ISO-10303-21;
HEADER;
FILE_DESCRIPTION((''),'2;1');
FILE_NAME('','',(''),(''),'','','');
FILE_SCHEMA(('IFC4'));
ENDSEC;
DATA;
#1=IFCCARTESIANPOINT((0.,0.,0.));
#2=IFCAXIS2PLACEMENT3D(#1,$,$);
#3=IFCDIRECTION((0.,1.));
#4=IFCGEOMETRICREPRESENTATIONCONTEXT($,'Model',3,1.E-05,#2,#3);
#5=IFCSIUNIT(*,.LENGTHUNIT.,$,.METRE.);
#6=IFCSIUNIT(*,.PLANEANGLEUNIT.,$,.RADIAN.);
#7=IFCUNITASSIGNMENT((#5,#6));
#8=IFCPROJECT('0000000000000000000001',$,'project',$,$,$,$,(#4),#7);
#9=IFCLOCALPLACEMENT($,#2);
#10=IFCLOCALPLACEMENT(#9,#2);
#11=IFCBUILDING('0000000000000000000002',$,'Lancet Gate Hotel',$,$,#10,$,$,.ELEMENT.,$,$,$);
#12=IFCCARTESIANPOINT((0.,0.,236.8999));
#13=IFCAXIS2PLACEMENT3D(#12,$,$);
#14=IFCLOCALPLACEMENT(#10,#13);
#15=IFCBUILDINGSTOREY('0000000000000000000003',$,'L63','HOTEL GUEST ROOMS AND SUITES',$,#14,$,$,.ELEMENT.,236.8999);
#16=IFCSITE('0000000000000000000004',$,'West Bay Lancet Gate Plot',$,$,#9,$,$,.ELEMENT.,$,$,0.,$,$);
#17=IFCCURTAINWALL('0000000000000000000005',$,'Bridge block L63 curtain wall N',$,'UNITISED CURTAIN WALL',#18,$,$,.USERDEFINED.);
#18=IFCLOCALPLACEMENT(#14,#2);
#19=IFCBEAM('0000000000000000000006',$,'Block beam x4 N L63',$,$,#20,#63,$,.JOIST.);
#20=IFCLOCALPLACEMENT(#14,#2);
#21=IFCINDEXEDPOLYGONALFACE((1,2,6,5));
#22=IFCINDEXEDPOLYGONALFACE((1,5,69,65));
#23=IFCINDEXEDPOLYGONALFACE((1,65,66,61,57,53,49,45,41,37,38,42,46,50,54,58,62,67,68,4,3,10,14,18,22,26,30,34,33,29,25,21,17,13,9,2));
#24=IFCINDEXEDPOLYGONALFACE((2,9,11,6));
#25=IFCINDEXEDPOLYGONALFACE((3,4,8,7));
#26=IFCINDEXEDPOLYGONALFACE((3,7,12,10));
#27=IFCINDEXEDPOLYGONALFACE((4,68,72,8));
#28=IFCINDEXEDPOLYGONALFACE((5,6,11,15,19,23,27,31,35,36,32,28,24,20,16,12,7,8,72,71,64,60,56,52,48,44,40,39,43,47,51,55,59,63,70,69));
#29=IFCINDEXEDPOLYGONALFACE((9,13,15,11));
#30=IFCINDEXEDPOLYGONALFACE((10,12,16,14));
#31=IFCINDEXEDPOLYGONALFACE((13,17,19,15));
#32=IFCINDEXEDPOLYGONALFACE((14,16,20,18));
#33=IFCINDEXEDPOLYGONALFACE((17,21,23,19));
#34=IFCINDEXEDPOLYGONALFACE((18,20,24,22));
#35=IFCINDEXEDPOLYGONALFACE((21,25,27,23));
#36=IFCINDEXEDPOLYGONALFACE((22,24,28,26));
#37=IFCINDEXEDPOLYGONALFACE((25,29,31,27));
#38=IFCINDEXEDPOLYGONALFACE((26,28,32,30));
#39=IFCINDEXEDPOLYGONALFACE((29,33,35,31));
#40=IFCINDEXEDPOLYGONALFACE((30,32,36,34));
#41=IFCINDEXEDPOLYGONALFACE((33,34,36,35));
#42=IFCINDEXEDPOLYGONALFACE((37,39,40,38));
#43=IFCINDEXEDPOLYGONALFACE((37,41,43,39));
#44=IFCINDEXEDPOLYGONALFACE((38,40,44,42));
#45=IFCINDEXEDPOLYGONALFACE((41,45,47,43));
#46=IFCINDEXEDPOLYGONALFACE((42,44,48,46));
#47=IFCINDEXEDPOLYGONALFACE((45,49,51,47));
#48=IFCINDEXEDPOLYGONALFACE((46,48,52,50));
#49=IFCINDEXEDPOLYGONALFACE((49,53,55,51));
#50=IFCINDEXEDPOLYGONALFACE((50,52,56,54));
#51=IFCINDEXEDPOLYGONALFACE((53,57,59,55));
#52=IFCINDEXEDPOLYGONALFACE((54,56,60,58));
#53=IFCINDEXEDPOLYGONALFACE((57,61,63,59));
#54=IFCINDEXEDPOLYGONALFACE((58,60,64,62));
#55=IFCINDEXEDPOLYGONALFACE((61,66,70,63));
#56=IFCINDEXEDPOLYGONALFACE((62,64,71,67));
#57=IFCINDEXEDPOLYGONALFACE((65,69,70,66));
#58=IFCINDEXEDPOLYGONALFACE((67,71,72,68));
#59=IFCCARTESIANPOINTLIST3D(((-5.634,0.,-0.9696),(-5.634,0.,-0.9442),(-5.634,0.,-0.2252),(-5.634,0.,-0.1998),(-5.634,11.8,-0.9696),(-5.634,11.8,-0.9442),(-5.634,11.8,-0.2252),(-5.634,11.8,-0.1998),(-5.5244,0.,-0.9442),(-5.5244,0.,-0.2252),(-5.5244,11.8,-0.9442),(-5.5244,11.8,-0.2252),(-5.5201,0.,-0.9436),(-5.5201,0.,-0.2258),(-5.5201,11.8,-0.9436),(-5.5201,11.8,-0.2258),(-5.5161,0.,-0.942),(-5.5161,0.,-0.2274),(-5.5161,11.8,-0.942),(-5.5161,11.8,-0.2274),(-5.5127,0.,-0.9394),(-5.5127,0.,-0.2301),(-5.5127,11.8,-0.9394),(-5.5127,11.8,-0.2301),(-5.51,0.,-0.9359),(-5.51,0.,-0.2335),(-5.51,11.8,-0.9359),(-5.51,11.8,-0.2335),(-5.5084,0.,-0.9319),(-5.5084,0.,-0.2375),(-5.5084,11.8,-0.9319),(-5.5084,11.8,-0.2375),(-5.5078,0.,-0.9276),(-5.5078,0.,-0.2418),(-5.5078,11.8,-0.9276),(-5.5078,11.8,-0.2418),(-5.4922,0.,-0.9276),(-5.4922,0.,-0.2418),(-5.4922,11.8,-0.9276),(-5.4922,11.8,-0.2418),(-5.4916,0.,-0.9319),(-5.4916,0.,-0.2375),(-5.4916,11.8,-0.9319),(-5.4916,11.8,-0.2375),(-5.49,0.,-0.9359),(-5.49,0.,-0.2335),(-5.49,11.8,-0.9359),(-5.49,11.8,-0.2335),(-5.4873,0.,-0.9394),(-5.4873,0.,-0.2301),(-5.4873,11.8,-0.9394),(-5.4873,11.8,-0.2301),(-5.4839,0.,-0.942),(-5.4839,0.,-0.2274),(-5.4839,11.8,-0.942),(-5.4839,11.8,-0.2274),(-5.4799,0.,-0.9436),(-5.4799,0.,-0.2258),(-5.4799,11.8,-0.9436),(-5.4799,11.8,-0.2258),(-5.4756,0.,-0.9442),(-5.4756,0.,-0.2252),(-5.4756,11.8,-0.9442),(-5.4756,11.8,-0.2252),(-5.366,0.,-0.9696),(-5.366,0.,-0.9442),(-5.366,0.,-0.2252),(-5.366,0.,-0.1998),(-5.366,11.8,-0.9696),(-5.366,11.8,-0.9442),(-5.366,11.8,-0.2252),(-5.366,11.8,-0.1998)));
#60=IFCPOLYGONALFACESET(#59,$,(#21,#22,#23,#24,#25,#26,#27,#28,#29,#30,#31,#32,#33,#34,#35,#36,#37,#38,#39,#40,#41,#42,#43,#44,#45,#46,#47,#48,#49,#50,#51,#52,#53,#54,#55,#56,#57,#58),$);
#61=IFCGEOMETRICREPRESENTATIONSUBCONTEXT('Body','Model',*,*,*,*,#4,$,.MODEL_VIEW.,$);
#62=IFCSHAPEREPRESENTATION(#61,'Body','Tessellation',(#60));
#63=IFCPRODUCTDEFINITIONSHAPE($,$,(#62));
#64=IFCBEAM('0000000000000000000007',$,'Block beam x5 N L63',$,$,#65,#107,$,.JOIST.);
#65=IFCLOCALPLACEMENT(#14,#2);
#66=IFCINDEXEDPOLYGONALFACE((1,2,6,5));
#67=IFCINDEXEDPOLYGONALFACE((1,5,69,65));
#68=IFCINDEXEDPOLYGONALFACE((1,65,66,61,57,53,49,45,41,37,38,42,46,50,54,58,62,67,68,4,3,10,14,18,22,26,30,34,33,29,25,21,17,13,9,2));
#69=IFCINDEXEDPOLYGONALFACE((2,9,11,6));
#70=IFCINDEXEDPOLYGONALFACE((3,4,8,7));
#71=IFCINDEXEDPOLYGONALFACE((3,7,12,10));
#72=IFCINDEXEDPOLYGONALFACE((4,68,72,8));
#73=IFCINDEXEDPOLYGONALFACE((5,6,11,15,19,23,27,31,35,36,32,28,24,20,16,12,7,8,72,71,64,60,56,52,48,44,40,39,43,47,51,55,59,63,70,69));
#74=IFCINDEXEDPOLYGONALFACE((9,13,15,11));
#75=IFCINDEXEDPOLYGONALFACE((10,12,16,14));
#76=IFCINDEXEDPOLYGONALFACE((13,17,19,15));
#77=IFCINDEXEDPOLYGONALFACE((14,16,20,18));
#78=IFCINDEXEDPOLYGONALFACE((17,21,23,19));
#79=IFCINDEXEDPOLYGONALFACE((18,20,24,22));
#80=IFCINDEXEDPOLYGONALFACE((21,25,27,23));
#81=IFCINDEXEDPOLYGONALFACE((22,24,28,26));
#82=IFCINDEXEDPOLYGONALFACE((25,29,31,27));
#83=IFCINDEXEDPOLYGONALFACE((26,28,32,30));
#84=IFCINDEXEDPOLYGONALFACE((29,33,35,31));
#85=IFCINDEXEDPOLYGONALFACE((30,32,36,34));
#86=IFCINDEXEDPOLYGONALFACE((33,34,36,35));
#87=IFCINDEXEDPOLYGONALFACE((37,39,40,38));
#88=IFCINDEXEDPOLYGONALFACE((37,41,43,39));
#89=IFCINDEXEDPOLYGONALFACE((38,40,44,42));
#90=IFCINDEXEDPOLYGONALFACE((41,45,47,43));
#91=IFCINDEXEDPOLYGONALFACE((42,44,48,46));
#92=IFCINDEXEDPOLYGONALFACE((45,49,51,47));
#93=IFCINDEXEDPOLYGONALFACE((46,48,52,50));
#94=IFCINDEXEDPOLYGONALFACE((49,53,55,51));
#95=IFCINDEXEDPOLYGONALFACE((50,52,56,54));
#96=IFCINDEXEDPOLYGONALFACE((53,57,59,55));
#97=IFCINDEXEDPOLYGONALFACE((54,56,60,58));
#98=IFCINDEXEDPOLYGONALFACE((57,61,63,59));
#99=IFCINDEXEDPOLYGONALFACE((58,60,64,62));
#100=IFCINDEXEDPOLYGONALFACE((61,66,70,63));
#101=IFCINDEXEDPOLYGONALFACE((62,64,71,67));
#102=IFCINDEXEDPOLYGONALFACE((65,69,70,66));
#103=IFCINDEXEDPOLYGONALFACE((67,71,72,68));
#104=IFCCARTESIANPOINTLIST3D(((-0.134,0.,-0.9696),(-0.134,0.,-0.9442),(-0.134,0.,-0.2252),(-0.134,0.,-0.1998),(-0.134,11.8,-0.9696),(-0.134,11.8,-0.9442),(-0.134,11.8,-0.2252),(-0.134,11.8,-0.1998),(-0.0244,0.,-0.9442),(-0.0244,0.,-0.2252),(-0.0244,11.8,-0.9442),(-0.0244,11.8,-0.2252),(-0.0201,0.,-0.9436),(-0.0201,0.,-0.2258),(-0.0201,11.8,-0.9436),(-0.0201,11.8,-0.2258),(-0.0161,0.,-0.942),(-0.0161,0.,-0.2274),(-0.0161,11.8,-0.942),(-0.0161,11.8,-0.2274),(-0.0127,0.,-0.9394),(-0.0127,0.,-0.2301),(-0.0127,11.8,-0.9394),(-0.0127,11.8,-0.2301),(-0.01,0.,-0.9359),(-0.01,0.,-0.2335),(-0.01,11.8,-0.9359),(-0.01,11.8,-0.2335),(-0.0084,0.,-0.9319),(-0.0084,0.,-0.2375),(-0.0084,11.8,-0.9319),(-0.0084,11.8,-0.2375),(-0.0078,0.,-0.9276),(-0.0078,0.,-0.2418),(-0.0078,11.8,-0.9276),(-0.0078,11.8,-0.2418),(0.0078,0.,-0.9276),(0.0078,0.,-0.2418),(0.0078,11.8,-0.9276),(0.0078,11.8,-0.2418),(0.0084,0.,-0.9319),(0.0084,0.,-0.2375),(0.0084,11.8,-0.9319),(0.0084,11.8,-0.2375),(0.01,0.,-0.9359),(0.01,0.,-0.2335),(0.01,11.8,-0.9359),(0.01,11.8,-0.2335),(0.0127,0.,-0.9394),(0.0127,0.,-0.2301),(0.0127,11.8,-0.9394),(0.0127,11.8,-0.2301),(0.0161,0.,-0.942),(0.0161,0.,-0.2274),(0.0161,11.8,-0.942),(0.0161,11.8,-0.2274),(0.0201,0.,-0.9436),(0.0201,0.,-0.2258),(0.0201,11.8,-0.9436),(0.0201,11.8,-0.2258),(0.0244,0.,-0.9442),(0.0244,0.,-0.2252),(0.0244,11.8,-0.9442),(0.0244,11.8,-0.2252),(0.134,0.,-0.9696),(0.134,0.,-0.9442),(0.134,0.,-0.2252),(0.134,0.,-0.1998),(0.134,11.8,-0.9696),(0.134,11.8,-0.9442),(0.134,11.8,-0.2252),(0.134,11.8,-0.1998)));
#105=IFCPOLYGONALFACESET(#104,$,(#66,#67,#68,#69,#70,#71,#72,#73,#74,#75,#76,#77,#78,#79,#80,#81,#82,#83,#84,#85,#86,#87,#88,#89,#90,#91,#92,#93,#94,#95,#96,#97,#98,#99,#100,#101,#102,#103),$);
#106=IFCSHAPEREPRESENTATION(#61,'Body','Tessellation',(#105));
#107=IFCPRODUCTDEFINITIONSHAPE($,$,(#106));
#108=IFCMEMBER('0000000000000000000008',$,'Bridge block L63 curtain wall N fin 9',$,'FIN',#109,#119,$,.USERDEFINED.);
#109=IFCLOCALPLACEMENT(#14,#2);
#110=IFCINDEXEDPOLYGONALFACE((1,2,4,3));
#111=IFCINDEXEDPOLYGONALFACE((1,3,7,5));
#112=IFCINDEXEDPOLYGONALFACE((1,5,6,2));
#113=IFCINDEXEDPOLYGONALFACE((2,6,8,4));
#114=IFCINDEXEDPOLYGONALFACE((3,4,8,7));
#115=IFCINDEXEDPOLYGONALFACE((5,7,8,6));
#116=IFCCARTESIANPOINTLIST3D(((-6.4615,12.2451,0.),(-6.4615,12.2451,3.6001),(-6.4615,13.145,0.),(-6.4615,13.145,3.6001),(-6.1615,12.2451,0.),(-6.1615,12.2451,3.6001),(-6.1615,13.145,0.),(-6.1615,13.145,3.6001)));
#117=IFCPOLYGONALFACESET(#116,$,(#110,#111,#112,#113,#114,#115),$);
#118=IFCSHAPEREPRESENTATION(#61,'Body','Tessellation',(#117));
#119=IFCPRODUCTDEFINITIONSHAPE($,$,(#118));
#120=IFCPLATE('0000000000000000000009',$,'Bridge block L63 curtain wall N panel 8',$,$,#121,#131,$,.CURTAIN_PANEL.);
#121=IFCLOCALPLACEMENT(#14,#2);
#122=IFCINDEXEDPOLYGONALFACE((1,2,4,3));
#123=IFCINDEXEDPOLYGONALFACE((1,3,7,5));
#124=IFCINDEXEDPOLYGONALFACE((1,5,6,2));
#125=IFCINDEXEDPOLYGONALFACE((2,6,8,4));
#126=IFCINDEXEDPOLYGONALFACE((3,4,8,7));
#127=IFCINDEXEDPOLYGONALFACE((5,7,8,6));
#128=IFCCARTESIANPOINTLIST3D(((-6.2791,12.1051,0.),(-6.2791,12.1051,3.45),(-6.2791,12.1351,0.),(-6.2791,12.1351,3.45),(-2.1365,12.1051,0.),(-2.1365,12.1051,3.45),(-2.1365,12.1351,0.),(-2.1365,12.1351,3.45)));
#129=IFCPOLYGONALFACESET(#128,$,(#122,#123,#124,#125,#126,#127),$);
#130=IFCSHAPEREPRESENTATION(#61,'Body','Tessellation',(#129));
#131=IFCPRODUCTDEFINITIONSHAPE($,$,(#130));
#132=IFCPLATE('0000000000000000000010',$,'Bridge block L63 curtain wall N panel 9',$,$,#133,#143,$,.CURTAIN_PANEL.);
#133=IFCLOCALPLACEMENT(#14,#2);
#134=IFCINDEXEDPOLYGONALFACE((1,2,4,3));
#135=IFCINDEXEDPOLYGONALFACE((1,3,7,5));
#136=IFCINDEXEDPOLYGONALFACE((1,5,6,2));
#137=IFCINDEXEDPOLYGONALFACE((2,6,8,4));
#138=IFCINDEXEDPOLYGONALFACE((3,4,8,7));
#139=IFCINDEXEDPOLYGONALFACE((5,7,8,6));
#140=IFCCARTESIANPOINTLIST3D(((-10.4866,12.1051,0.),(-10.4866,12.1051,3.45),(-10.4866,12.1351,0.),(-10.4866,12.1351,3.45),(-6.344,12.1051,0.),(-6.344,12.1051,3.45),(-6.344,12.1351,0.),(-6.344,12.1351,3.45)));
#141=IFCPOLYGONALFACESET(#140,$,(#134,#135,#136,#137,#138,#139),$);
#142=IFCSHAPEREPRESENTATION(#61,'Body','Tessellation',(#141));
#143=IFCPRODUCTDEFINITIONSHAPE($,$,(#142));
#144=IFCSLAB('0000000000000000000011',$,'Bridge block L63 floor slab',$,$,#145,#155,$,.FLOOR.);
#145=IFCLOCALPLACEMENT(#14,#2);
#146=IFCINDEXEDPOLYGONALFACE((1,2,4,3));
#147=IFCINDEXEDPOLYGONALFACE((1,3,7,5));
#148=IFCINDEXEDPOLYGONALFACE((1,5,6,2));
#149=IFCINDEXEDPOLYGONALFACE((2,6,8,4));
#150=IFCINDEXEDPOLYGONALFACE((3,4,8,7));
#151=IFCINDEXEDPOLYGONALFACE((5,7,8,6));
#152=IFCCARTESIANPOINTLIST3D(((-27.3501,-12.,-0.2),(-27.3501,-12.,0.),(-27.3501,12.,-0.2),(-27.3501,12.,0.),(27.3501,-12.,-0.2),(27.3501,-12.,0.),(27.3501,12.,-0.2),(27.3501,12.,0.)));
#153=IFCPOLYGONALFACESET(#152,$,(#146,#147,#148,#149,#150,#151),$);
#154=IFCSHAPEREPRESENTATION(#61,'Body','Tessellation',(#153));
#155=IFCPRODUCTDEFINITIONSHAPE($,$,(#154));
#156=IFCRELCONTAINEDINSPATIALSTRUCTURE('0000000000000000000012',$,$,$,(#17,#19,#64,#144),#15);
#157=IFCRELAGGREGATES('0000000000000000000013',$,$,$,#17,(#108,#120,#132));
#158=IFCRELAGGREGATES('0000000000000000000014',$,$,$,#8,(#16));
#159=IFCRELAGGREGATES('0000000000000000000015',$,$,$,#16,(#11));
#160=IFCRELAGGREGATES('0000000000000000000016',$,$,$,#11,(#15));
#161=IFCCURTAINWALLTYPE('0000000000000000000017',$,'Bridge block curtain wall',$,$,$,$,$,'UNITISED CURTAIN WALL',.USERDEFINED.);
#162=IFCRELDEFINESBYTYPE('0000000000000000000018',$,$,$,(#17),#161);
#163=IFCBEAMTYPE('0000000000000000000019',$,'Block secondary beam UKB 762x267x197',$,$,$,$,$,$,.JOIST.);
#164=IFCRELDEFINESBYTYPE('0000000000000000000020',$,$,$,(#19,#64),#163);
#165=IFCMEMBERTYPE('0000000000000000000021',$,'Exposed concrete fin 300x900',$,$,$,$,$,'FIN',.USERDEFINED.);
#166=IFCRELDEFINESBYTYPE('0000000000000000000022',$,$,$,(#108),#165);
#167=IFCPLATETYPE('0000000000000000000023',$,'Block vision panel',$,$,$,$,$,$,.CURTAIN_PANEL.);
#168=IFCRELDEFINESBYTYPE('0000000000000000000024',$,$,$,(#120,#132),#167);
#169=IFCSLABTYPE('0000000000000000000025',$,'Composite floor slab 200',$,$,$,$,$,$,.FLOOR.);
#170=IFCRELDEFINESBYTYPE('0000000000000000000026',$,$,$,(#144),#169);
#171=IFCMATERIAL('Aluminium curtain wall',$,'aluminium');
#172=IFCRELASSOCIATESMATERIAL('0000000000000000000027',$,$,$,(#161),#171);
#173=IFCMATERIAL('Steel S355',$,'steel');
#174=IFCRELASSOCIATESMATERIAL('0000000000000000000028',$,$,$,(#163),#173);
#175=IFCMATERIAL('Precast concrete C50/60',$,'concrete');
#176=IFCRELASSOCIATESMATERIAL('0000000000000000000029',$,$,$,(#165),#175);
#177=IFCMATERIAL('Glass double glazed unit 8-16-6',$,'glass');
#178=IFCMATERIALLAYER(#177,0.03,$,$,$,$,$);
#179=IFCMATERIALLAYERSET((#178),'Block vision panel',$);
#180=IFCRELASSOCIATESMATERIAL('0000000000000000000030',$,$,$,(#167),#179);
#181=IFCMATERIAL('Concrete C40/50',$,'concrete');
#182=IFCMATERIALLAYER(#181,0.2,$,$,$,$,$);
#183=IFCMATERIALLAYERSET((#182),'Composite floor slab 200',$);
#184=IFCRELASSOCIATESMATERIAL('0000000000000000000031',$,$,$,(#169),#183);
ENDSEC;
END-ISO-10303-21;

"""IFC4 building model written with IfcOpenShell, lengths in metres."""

from ifc_helpers import new_model, si_unit, direction, frame, origin, origin_2d, place, context, subcontext, project, spatial, polyline, rectangle, i_section, outline, extrude, material, layer, layer_set, material_profile, profile_set, type_object, element, aggregate, save


model = new_model("IFC4")

# Units and contexts
model_context = context("Model", 3, precision=1e-05, world=origin(), true_north=direction((0.0, 1.0)))
body_context = subcontext(model_context, "Body", "Model", "MODEL_VIEW")
ifc_project = project(units=[si_unit("LENGTHUNIT", "METRE"), si_unit("PLANEANGLEUNIT", "RADIAN")], contexts=[model_context])

# Site, building, storey
site_placement = place(None, origin())
site = spatial("IfcSite", under=ifc_project, at=site_placement, Name="West Bay Lancet Gate Plot", CompositionType="ELEMENT", RefElevation=0.0)
building_placement = place(site_placement, origin())
building = spatial("IfcBuilding", under=site, at=building_placement, Name="Lancet Gate Hotel", CompositionType="ELEMENT")
storey_placement = place(building_placement, frame((0.0, 0.0, 236.8999)))
storey = spatial("IfcBuildingStorey", under=building, at=storey_placement, Name="L63", Description="HOTEL GUEST ROOMS AND SUITES", CompositionType="ELEMENT", Elevation=236.8999)

# Curtain wall
ifc_material_1 = material(Name="Aluminium curtain wall", Category="aluminium")
curtain_wall_type = type_object("IfcCurtainWallType", Name="Bridge block curtain wall", ElementType="UNITISED CURTAIN WALL", PredefinedType="USERDEFINED", material=ifc_material_1)
curtain_wall_placement = place(storey_placement, origin())
curtain_wall = element("IfcCurtainWall", 1, at=curtain_wall_placement, inside=storey, type_object=curtain_wall_type, Name="Bridge block L63 curtain wall N", ObjectType="UNITISED CURTAIN WALL", PredefinedType="USERDEFINED")

# Beams
ifc_material_2 = material(Name="Steel S355", Category="steel")
ifc_material_profile_1 = material_profile(ifc_material_2, i_section(OverallWidth=0.2681, OverallDepth=0.7698, WebThickness=0.0156, FlangeThickness=0.0254, FilletRadius=0.0166, at=origin_2d()), Name="UKB 762x267x197")
ifc_profile_set_1 = profile_set([ifc_material_profile_1], Name="Steel S355")
beam_type_1 = type_object("IfcBeamType", Name="Block secondary beam UKB 762x267x197", PredefinedType="JOIST", material=ifc_profile_set_1)
for number, where, z_axis, x_axis, name in (
    (2, (-5.5, 0.0, -0.5847), (0.0, 1.0, 0.0), (-1.0, 0.0, 0.0), "Block beam x4 N L63"),
    (3, (0.0, 0.0, -0.5847), (0.0, 1.0, 0.0), (-1.0, 0.0, 0.0), "Block beam x5 N L63"),
):
    element("IfcBeam", number, at=place(storey_placement, frame(where, z_axis=z_axis, x_axis=x_axis)), inside=storey, type_object=beam_type_1, Name=name, PredefinedType="JOIST", context=body_context, shape_type="SweptSolid", body=[
        extrude(i_section(OverallWidth=0.2681, OverallDepth=0.7698, WebThickness=0.0156, FlangeThickness=0.0254, FilletRadius=0.0166, at=origin_2d()), origin(), (0.0, 0.0, 1.0), 11.8),
    ])

# Member
ifc_material_3 = material(Name="Precast concrete C50/60", Category="concrete")
ifc_material_profile_2 = material_profile(ifc_material_3, rectangle(XDim=0.3, YDim=0.8999, at=origin_2d()), Name="FIN 300x900")
ifc_profile_set_2 = profile_set([ifc_material_profile_2], Name="Precast concrete C50/60")
member_type_1 = type_object("IfcMemberType", Name="Exposed concrete fin 300x900", ElementType="FIN", PredefinedType="USERDEFINED", material=ifc_profile_set_2)
member_1_placement = place(storey_placement, frame((-6.3115, 12.6951, 0.0), z_axis=(0.0, 0.0, 1.0), x_axis=(-1.0, 0.0, 0.0)))
member_1 = element("IfcMember", 4, at=member_1_placement, type_object=member_type_1, Name="Bridge block L63 curtain wall N fin 9", ObjectType="FIN", PredefinedType="USERDEFINED", context=body_context, shape_type="SweptSolid", body=[
    extrude(rectangle(XDim=0.3, YDim=0.8999, at=origin_2d()), origin(), (0.0, 0.0, 1.0), 3.6001),
])

# Plates
ifc_material_4 = material(Name="Glass double glazed unit 8-16-6", Category="glass")
ifc_layer_1 = layer(ifc_material_4, 0.03)
ifc_layer_set_1 = layer_set([ifc_layer_1], Name="Block vision panel")
plate_type = type_object("IfcPlateType", Name="Block vision panel", PredefinedType="CURTAIN_PANEL", material=ifc_layer_set_1)
plate_1_placement = place(storey_placement, frame((-4.2078, 12.1201, 0.0), z_axis=(0.0, 0.0, 1.0), x_axis=(-1.0, 0.0, 0.0)))
plate_1 = element("IfcPlate", 5, at=plate_1_placement, type_object=plate_type, Name="Bridge block L63 curtain wall N panel 8", PredefinedType="CURTAIN_PANEL", context=body_context, shape_type="SweptSolid", body=[
    extrude(rectangle(XDim=4.1426, YDim=0.03, at=origin_2d()), origin(), (0.0, 0.0, 1.0), 3.45),
])
plate_2_placement = place(storey_placement, frame((-8.4153, 12.1201, 0.0), z_axis=(0.0, 0.0, 1.0), x_axis=(-1.0, 0.0, 0.0)))
plate_2 = element("IfcPlate", 6, at=plate_2_placement, type_object=plate_type, Name="Bridge block L63 curtain wall N panel 9", PredefinedType="CURTAIN_PANEL", context=body_context, shape_type="SweptSolid", body=[
    extrude(rectangle(XDim=4.1426, YDim=0.03, at=origin_2d()), origin(), (0.0, 0.0, 1.0), 3.45),
])
aggregate(curtain_wall, [member_1, plate_1, plate_2])

# Slab
ifc_material_5 = material(Name="Concrete C40/50", Category="concrete")
ifc_layer_2 = layer(ifc_material_5, 0.2)
ifc_layer_set_2 = layer_set([ifc_layer_2], Name="Composite floor slab 200")
slab_type_1 = type_object("IfcSlabType", Name="Composite floor slab 200", PredefinedType="FLOOR", material=ifc_layer_set_2)
slab_1_placement = place(storey_placement, frame((0.0, 0.0, -0.2)))
element("IfcSlab", 7, at=slab_1_placement, inside=storey, type_object=slab_type_1, Name="Bridge block L63 floor slab", PredefinedType="FLOOR", context=body_context, shape_type="SweptSolid", body=[
    extrude(outline(polyline([(27.3501, -12.0), (27.3501, 12.0), (-27.3501, 12.0), (-27.3501, -12.0), (27.3501, -12.0)])), origin(), (0.0, 0.0, 1.0), 0.2),
])

save(model, "model.ifc")
